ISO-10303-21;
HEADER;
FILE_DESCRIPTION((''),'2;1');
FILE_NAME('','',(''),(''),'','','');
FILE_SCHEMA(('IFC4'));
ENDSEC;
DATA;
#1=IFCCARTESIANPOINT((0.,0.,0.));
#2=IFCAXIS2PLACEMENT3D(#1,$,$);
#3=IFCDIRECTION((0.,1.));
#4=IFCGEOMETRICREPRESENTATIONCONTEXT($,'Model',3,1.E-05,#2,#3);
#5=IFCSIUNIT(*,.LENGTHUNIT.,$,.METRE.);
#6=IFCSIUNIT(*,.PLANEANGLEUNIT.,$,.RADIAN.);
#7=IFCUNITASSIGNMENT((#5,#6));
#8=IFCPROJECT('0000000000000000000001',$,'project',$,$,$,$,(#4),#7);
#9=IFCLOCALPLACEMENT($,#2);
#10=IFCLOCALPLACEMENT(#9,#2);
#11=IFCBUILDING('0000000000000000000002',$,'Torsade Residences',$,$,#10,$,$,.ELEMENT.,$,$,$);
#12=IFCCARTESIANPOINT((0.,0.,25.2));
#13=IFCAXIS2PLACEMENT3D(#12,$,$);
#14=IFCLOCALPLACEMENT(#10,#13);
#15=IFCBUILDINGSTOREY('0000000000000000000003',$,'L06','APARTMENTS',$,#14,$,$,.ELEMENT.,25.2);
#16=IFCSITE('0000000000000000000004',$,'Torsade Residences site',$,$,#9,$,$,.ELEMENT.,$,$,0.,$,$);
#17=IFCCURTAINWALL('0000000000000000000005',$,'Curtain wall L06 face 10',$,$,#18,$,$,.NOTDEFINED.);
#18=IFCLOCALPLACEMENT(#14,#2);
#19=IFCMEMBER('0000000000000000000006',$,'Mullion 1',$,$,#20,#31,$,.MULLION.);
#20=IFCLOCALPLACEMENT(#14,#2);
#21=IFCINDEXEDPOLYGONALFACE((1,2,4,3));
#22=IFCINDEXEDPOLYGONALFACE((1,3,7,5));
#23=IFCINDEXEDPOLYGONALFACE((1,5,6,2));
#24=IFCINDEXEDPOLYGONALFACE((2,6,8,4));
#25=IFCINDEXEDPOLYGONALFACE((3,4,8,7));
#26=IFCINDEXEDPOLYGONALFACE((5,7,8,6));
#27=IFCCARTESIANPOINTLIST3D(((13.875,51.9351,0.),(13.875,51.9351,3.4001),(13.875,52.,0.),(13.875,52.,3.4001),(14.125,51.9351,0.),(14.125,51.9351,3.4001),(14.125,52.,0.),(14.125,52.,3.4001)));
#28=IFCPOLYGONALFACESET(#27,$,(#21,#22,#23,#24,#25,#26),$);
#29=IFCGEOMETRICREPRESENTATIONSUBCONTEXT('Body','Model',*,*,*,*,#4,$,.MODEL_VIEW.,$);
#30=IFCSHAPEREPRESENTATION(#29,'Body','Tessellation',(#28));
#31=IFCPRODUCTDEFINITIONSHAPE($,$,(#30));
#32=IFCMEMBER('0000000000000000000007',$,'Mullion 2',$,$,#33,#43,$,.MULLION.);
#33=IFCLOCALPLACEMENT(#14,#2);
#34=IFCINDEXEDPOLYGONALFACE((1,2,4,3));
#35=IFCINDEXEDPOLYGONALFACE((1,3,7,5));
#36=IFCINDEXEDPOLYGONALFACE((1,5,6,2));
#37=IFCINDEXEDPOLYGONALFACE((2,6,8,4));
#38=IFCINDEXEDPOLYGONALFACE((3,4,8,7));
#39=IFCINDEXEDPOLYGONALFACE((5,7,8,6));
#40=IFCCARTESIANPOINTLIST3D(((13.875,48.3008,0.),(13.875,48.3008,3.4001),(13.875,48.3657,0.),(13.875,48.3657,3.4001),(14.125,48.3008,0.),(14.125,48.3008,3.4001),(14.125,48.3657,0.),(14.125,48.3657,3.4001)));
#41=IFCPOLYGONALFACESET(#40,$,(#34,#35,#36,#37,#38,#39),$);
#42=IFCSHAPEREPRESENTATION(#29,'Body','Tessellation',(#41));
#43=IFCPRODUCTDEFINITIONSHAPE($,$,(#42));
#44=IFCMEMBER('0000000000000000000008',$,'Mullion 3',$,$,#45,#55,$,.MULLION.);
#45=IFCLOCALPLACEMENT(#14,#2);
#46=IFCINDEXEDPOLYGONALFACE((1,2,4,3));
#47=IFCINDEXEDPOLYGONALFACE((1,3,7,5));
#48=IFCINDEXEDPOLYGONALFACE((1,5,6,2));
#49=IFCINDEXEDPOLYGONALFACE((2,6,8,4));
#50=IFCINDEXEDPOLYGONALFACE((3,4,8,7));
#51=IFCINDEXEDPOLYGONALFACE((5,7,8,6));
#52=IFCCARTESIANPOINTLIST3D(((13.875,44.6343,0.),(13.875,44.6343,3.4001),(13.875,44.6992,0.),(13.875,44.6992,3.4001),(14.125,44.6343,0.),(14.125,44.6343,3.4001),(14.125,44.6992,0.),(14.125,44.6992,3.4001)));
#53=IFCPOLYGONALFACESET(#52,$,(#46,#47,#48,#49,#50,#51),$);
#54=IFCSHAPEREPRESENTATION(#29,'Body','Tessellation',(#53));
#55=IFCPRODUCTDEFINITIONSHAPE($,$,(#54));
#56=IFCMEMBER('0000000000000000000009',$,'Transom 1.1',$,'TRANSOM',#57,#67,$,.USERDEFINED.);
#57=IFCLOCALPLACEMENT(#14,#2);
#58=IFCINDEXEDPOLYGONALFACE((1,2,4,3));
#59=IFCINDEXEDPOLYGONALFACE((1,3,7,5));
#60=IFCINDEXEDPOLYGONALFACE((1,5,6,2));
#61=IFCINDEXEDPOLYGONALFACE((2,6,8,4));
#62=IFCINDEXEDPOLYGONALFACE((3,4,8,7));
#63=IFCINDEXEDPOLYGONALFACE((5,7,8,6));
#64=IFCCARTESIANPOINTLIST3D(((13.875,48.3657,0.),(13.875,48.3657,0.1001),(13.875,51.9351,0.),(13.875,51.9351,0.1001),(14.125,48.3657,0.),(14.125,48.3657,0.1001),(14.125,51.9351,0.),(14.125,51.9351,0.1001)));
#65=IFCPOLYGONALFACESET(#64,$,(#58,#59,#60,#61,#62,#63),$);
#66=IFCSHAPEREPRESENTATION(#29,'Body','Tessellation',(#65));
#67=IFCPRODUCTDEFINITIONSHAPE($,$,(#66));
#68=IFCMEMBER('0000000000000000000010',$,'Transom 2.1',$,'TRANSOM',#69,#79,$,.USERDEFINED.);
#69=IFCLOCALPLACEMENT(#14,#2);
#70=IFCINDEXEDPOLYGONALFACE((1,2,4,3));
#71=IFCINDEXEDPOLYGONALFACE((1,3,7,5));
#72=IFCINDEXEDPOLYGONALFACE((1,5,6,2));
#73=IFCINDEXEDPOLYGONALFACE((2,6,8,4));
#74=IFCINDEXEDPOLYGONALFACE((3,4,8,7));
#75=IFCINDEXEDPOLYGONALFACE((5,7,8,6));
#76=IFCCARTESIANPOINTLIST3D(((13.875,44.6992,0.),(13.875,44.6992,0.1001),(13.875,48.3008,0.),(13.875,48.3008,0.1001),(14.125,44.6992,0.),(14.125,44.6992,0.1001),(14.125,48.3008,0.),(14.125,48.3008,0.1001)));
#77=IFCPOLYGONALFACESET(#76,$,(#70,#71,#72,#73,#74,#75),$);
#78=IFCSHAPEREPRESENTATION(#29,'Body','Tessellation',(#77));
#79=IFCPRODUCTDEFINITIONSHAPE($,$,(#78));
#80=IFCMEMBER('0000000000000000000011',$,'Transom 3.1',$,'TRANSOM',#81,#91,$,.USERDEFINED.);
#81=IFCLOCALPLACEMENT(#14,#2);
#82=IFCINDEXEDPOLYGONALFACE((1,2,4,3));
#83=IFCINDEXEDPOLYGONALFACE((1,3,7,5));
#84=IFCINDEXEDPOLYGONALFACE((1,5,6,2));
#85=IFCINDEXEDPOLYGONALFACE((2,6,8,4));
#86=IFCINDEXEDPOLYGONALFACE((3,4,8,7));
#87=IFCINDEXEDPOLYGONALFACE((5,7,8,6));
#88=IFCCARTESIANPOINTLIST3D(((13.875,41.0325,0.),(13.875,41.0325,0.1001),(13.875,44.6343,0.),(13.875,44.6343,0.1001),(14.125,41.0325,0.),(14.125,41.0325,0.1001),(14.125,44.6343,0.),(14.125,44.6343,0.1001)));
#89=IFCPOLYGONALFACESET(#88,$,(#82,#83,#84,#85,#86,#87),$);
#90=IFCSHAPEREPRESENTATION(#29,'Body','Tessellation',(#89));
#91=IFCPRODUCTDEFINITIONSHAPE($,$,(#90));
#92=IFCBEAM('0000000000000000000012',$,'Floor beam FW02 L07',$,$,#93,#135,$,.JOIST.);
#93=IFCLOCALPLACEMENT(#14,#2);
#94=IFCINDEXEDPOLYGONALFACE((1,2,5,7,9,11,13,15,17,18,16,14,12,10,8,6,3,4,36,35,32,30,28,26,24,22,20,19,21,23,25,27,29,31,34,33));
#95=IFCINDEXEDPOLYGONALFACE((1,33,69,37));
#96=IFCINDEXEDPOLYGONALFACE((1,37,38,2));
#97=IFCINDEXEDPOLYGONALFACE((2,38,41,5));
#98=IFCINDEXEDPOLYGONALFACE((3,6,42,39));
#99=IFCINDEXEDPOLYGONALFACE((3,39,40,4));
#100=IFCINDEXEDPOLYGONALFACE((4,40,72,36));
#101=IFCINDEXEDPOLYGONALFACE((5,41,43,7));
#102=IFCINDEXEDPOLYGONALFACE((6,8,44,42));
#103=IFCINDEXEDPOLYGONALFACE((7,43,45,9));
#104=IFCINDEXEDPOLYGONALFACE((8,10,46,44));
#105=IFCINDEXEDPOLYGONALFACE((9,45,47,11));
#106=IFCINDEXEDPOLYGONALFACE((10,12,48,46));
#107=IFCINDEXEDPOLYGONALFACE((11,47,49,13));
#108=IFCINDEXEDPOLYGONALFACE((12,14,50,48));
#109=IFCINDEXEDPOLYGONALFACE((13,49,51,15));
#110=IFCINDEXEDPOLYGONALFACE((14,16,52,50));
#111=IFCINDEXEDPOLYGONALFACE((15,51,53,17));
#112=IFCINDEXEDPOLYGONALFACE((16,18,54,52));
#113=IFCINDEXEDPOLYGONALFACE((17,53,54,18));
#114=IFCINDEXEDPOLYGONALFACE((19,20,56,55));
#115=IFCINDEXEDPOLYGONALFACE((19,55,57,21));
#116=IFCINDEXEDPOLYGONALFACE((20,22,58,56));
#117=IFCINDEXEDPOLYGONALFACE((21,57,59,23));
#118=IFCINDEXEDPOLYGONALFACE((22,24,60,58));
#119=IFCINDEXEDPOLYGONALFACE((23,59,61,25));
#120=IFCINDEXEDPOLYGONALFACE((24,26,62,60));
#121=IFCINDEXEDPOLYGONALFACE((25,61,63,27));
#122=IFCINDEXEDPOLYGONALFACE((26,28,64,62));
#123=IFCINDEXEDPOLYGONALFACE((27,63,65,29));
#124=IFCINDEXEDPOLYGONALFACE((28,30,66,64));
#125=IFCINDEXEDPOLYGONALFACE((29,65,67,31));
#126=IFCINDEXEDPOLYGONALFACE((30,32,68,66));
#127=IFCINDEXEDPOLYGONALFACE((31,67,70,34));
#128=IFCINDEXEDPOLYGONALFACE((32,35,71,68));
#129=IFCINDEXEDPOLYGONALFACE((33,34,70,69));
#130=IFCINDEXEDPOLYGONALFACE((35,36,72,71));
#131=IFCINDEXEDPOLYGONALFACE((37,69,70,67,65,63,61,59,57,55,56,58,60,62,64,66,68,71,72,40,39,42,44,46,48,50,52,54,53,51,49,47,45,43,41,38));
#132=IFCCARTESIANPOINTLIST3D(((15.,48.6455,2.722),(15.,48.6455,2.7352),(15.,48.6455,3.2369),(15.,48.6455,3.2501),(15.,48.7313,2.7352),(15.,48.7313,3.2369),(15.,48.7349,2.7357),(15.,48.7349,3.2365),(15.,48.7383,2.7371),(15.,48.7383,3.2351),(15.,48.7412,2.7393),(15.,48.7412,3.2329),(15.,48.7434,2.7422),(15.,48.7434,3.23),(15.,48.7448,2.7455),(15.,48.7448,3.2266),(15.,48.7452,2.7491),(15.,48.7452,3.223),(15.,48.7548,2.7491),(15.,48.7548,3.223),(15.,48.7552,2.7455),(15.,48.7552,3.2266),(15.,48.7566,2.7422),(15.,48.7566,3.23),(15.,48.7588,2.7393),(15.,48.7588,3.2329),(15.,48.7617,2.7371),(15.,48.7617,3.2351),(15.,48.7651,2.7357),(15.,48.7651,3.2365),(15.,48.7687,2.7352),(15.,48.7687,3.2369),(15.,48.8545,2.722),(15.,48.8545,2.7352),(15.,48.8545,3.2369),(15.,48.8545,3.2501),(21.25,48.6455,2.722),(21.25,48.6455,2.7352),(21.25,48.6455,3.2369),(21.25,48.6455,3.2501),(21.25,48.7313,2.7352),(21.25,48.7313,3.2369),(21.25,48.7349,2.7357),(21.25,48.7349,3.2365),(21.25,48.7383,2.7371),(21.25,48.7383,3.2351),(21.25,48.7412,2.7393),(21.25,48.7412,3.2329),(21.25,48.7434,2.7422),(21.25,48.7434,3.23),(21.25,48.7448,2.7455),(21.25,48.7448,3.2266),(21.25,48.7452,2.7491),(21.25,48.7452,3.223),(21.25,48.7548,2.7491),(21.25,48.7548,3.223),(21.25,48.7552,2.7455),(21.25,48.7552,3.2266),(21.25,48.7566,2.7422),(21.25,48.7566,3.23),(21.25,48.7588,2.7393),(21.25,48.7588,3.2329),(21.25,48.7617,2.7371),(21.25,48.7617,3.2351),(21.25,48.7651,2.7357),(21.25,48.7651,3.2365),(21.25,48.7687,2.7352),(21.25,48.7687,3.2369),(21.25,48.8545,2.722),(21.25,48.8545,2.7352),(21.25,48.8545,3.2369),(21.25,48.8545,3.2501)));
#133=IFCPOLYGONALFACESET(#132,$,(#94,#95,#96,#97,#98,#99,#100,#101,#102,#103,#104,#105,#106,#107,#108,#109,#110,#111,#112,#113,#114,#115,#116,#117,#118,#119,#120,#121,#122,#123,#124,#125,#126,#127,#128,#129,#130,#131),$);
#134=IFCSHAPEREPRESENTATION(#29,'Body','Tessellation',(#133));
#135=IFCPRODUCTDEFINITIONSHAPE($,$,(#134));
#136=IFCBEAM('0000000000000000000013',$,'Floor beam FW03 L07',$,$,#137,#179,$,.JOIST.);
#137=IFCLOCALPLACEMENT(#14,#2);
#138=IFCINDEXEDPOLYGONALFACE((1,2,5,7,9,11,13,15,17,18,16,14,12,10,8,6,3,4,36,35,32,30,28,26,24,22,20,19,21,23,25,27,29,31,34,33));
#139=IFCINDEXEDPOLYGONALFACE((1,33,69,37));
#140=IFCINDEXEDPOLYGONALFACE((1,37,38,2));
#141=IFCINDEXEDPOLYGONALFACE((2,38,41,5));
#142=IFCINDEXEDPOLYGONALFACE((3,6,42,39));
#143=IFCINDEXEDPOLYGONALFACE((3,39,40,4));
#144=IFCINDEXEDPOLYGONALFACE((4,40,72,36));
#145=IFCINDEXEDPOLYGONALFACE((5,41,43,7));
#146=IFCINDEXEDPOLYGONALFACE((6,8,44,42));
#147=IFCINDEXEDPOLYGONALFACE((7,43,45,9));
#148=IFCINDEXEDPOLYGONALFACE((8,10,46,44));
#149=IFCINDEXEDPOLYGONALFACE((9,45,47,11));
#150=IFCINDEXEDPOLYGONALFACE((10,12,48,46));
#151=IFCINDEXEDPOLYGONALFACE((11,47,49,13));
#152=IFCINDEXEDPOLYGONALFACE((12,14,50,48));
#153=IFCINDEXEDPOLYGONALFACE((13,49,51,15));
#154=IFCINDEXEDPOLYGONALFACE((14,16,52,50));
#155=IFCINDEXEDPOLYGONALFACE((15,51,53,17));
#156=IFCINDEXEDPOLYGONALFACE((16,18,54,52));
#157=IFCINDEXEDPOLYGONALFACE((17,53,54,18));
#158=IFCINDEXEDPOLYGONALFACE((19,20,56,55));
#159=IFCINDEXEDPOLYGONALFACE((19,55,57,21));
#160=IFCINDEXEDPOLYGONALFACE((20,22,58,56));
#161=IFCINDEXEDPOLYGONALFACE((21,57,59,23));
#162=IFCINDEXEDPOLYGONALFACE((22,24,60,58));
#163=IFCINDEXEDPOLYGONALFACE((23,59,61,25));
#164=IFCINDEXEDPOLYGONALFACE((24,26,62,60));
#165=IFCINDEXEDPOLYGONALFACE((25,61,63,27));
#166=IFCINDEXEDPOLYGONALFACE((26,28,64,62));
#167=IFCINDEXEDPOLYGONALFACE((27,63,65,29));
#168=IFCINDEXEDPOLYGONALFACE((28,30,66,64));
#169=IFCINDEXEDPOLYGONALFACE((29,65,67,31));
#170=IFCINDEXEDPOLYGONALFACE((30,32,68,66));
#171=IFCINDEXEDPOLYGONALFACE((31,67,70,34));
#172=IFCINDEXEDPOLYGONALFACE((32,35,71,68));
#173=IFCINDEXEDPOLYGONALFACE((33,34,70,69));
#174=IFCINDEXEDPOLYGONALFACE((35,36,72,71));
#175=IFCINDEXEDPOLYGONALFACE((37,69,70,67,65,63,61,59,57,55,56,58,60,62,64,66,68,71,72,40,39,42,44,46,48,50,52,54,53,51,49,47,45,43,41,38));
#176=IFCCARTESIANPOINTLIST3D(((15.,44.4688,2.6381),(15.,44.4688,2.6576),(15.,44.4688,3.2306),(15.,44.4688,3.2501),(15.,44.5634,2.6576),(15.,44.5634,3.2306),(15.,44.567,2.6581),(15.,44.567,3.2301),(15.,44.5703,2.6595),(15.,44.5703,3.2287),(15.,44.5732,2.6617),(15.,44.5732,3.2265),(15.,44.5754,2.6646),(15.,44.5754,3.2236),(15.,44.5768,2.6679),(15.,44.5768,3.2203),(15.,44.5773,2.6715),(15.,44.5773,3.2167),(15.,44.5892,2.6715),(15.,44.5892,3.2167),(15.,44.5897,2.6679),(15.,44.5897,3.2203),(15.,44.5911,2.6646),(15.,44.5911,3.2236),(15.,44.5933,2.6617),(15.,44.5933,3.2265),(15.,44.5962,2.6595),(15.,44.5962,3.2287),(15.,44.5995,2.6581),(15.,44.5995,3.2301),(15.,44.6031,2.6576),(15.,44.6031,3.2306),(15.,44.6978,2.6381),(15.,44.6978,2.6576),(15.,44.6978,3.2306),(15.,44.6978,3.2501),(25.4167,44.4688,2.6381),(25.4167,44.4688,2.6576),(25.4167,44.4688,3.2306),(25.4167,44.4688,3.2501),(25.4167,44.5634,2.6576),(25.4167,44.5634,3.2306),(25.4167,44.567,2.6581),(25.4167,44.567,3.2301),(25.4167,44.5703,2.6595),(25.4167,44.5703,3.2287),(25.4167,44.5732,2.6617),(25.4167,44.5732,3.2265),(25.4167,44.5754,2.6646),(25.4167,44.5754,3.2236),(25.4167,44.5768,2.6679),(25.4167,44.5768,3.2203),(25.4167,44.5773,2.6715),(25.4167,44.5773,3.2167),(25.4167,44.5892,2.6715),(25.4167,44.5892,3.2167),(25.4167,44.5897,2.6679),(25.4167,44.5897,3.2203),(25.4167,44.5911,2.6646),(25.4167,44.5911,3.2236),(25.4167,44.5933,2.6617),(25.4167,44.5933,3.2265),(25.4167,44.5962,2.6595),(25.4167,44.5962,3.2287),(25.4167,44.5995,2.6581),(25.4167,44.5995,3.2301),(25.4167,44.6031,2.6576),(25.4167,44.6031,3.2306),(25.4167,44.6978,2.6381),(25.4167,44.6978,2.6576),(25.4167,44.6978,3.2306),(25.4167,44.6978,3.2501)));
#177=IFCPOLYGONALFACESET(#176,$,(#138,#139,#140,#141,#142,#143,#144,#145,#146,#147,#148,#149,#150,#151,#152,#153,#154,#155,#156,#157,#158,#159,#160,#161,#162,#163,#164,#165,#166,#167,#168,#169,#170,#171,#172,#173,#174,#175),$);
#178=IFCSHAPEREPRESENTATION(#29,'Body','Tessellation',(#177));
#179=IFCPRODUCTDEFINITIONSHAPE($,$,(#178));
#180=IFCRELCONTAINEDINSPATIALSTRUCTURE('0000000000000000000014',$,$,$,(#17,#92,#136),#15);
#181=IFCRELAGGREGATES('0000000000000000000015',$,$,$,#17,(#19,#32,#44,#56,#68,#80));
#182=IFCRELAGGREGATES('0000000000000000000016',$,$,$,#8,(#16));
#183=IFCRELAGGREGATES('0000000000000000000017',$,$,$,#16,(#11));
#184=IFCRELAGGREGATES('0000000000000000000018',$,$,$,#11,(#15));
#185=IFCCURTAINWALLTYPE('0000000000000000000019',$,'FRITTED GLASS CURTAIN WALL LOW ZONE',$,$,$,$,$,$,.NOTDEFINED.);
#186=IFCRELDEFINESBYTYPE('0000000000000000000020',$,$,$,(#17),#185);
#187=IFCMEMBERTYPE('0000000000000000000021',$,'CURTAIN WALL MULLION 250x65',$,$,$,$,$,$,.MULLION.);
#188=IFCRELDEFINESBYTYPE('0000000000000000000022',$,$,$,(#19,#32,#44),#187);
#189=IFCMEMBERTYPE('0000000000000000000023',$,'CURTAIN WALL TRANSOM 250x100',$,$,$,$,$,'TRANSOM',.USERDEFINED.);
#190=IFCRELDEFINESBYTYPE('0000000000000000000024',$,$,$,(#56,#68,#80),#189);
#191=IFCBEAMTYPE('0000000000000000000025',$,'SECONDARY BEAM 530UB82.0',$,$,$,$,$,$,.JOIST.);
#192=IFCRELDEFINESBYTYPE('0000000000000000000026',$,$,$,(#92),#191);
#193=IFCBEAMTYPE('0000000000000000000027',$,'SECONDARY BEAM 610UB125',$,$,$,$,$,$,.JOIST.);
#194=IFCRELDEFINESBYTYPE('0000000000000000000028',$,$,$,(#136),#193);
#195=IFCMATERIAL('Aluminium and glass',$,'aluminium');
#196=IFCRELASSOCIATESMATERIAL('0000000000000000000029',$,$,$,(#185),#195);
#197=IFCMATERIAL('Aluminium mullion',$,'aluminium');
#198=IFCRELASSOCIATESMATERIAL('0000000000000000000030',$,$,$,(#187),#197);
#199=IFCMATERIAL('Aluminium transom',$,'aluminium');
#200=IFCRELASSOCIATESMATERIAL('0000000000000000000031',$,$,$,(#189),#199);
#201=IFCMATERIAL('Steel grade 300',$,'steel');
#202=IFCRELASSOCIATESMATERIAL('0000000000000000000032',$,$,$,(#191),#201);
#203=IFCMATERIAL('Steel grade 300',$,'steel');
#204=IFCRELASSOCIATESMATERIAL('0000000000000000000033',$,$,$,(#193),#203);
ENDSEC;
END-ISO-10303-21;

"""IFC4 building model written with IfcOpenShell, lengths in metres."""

from ifc_helpers import new_model, si_unit, direction, frame, origin, origin_2d, place, context, subcontext, project, spatial, rectangle, i_section, extrude, material, material_profile, profile_set, type_object, element, aggregate, save


model = new_model("IFC4")

# Units and contexts
model_context = context("Model", 3, precision=1e-05, world=origin(), true_north=direction((0.0, 1.0)))
body_context = subcontext(model_context, "Body", "Model", "MODEL_VIEW")
ifc_project = project(units=[si_unit("LENGTHUNIT", "METRE"), si_unit("PLANEANGLEUNIT", "RADIAN")], contexts=[model_context])

# Site, building, storey
site_placement = place(None, origin())
site = spatial("IfcSite", under=ifc_project, at=site_placement, Name="Torsade Residences site", CompositionType="ELEMENT", RefElevation=0.0)
building_placement = place(site_placement, origin())
building = spatial("IfcBuilding", under=site, at=building_placement, Name="Torsade Residences", CompositionType="ELEMENT")
storey_placement = place(building_placement, frame((0.0, 0.0, 25.2)))
storey = spatial("IfcBuildingStorey", under=building, at=storey_placement, Name="L06", Description="APARTMENTS", CompositionType="ELEMENT", Elevation=25.2)

# Curtain wall, members
ifc_material_1 = material(Name="Aluminium and glass", Category="aluminium")
curtain_wall_type = type_object("IfcCurtainWallType", Name="FRITTED GLASS CURTAIN WALL LOW ZONE", PredefinedType="NOTDEFINED", material=ifc_material_1)
curtain_wall_placement = place(storey_placement, origin())
curtain_wall = element("IfcCurtainWall", 1, at=curtain_wall_placement, inside=storey, type_object=curtain_wall_type, Name="Curtain wall L06 face 10", PredefinedType="NOTDEFINED")
ifc_material_2 = material(Name="Aluminium mullion", Category="aluminium")
ifc_material_profile_1 = material_profile(ifc_material_2, rectangle(XDim=0.25, YDim=0.0649, at=origin_2d()), Name="CURTAIN WALL MULLION 250x65")
ifc_profile_set_1 = profile_set([ifc_material_profile_1], Name="Aluminium mullion")
member_type_1 = type_object("IfcMemberType", Name="CURTAIN WALL MULLION 250x65", PredefinedType="MULLION", material=ifc_profile_set_1)
member_1_placement = place(storey_placement, frame((14.0, 51.9675, 0.0), z_axis=(0.0, 0.0, 1.0), x_axis=(1.0, 0.0, 0.0)))
member_1 = element("IfcMember", 2, at=member_1_placement, type_object=member_type_1, Name="Mullion 1", PredefinedType="MULLION", context=body_context, shape_type="SweptSolid", body=[
    extrude(rectangle(XDim=0.25, YDim=0.0649, at=origin_2d()), origin(), (0.0, 0.0, 1.0), 3.4001),
])
member_2_placement = place(storey_placement, frame((14.0, 48.3333, 0.0), z_axis=(0.0, 0.0, 1.0), x_axis=(1.0, 0.0, 0.0)))
member_2 = element("IfcMember", 3, at=member_2_placement, type_object=member_type_1, Name="Mullion 2", PredefinedType="MULLION", context=body_context, shape_type="SweptSolid", body=[
    extrude(rectangle(XDim=0.25, YDim=0.0649, at=origin_2d()), origin(), (0.0, 0.0, 1.0), 3.4001),
])
member_3_placement = place(storey_placement, frame((14.0, 44.6667, 0.0), z_axis=(0.0, 0.0, 1.0), x_axis=(1.0, 0.0, 0.0)))
member_3 = element("IfcMember", 4, at=member_3_placement, type_object=member_type_1, Name="Mullion 3", PredefinedType="MULLION", context=body_context, shape_type="SweptSolid", body=[
    extrude(rectangle(XDim=0.25, YDim=0.0649, at=origin_2d()), origin(), (0.0, 0.0, 1.0), 3.4001),
])
ifc_material_3 = material(Name="Aluminium transom", Category="aluminium")
ifc_material_profile_2 = material_profile(ifc_material_3, rectangle(XDim=0.25, YDim=0.1001, at=origin_2d()), Name="CURTAIN WALL TRANSOM 250x100")
ifc_profile_set_2 = profile_set([ifc_material_profile_2], Name="Aluminium transom")
member_type_2 = type_object("IfcMemberType", Name="CURTAIN WALL TRANSOM 250x100", ElementType="TRANSOM", PredefinedType="USERDEFINED", material=ifc_profile_set_2)
member_4_placement = place(storey_placement, frame((14.0, 51.9351, 0.05), z_axis=(0.0, -1.0, 0.0), x_axis=(1.0, 0.0, 0.0)))
member_4 = element("IfcMember", 5, at=member_4_placement, type_object=member_type_2, Name="Transom 1.1", ObjectType="TRANSOM", PredefinedType="USERDEFINED", context=body_context, shape_type="SweptSolid", body=[
    extrude(rectangle(XDim=0.25, YDim=0.1001, at=origin_2d()), origin(), (0.0, 0.0, 1.0), 3.5693),
])
member_5_placement = place(storey_placement, frame((14.0, 48.3008, 0.05), z_axis=(0.0, -1.0, 0.0), x_axis=(1.0, 0.0, 0.0)))
member_5 = element("IfcMember", 6, at=member_5_placement, type_object=member_type_2, Name="Transom 2.1", ObjectType="TRANSOM", PredefinedType="USERDEFINED", context=body_context, shape_type="SweptSolid", body=[
    extrude(rectangle(XDim=0.25, YDim=0.1001, at=origin_2d()), origin(), (0.0, 0.0, 1.0), 3.6016),
])
member_6_placement = place(storey_placement, frame((14.0, 44.6343, 0.05), z_axis=(0.0, -1.0, 0.0), x_axis=(1.0, 0.0, 0.0)))
member_6 = element("IfcMember", 7, at=member_6_placement, type_object=member_type_2, Name="Transom 3.1", ObjectType="TRANSOM", PredefinedType="USERDEFINED", context=body_context, shape_type="SweptSolid", body=[
    extrude(rectangle(XDim=0.25, YDim=0.1001, at=origin_2d()), origin(), (0.0, 0.0, 1.0), 3.6018),
])

# Beams
ifc_material_4 = material(Name="Steel grade 300", Category="steel")
ifc_material_profile_3 = material_profile(ifc_material_4, i_section(OverallWidth=0.209, OverallDepth=0.5281, WebThickness=0.0095, FlangeThickness=0.0132, FilletRadius=0.0139, at=origin_2d()), Name="530UB82.0")
ifc_profile_set_3 = profile_set([ifc_material_profile_3], Name="Steel grade 300")
beam_type_1 = type_object("IfcBeamType", Name="SECONDARY BEAM 530UB82.0", PredefinedType="JOIST", material=ifc_profile_set_3)
beam_1_placement = place(storey_placement, frame((15.0, 48.75, 2.9861), z_axis=(1.0, 0.0, 0.0), x_axis=(0.0, 1.0, 0.0)))
element("IfcBeam", 8, at=beam_1_placement, inside=storey, type_object=beam_type_1, Name="Floor beam FW02 L07", PredefinedType="JOIST", context=body_context, shape_type="SweptSolid", body=[
    extrude(i_section(OverallWidth=0.209, OverallDepth=0.5281, WebThickness=0.0095, FlangeThickness=0.0132, FilletRadius=0.0139, at=origin_2d()), origin(), (0.0, 0.0, 1.0), 6.25),
])
ifc_material_5 = material(Name="Steel grade 300", Category="steel")
ifc_material_profile_4 = material_profile(ifc_material_5, i_section(OverallWidth=0.229, OverallDepth=0.6121, WebThickness=0.012, FlangeThickness=0.0195, FilletRadius=0.0139, at=origin_2d()), Name="610UB125")
ifc_profile_set_4 = profile_set([ifc_material_profile_4], Name="Steel grade 300")
beam_type_2 = type_object("IfcBeamType", Name="SECONDARY BEAM 610UB125", PredefinedType="JOIST", material=ifc_profile_set_4)
beam_2_placement = place(storey_placement, frame((15.0, 44.5833, 2.9441), z_axis=(1.0, 0.0, 0.0), x_axis=(0.0, 1.0, 0.0)))
element("IfcBeam", 9, at=beam_2_placement, inside=storey, type_object=beam_type_2, Name="Floor beam FW03 L07", PredefinedType="JOIST", context=body_context, shape_type="SweptSolid", body=[
    extrude(i_section(OverallWidth=0.229, OverallDepth=0.6121, WebThickness=0.012, FlangeThickness=0.0195, FilletRadius=0.0139, at=origin_2d()), origin(), (0.0, 0.0, 1.0), 10.4167),
])

aggregate(curtain_wall, [member_1, member_2, member_3, member_4, member_5, member_6])

save(model, "model.ifc")
